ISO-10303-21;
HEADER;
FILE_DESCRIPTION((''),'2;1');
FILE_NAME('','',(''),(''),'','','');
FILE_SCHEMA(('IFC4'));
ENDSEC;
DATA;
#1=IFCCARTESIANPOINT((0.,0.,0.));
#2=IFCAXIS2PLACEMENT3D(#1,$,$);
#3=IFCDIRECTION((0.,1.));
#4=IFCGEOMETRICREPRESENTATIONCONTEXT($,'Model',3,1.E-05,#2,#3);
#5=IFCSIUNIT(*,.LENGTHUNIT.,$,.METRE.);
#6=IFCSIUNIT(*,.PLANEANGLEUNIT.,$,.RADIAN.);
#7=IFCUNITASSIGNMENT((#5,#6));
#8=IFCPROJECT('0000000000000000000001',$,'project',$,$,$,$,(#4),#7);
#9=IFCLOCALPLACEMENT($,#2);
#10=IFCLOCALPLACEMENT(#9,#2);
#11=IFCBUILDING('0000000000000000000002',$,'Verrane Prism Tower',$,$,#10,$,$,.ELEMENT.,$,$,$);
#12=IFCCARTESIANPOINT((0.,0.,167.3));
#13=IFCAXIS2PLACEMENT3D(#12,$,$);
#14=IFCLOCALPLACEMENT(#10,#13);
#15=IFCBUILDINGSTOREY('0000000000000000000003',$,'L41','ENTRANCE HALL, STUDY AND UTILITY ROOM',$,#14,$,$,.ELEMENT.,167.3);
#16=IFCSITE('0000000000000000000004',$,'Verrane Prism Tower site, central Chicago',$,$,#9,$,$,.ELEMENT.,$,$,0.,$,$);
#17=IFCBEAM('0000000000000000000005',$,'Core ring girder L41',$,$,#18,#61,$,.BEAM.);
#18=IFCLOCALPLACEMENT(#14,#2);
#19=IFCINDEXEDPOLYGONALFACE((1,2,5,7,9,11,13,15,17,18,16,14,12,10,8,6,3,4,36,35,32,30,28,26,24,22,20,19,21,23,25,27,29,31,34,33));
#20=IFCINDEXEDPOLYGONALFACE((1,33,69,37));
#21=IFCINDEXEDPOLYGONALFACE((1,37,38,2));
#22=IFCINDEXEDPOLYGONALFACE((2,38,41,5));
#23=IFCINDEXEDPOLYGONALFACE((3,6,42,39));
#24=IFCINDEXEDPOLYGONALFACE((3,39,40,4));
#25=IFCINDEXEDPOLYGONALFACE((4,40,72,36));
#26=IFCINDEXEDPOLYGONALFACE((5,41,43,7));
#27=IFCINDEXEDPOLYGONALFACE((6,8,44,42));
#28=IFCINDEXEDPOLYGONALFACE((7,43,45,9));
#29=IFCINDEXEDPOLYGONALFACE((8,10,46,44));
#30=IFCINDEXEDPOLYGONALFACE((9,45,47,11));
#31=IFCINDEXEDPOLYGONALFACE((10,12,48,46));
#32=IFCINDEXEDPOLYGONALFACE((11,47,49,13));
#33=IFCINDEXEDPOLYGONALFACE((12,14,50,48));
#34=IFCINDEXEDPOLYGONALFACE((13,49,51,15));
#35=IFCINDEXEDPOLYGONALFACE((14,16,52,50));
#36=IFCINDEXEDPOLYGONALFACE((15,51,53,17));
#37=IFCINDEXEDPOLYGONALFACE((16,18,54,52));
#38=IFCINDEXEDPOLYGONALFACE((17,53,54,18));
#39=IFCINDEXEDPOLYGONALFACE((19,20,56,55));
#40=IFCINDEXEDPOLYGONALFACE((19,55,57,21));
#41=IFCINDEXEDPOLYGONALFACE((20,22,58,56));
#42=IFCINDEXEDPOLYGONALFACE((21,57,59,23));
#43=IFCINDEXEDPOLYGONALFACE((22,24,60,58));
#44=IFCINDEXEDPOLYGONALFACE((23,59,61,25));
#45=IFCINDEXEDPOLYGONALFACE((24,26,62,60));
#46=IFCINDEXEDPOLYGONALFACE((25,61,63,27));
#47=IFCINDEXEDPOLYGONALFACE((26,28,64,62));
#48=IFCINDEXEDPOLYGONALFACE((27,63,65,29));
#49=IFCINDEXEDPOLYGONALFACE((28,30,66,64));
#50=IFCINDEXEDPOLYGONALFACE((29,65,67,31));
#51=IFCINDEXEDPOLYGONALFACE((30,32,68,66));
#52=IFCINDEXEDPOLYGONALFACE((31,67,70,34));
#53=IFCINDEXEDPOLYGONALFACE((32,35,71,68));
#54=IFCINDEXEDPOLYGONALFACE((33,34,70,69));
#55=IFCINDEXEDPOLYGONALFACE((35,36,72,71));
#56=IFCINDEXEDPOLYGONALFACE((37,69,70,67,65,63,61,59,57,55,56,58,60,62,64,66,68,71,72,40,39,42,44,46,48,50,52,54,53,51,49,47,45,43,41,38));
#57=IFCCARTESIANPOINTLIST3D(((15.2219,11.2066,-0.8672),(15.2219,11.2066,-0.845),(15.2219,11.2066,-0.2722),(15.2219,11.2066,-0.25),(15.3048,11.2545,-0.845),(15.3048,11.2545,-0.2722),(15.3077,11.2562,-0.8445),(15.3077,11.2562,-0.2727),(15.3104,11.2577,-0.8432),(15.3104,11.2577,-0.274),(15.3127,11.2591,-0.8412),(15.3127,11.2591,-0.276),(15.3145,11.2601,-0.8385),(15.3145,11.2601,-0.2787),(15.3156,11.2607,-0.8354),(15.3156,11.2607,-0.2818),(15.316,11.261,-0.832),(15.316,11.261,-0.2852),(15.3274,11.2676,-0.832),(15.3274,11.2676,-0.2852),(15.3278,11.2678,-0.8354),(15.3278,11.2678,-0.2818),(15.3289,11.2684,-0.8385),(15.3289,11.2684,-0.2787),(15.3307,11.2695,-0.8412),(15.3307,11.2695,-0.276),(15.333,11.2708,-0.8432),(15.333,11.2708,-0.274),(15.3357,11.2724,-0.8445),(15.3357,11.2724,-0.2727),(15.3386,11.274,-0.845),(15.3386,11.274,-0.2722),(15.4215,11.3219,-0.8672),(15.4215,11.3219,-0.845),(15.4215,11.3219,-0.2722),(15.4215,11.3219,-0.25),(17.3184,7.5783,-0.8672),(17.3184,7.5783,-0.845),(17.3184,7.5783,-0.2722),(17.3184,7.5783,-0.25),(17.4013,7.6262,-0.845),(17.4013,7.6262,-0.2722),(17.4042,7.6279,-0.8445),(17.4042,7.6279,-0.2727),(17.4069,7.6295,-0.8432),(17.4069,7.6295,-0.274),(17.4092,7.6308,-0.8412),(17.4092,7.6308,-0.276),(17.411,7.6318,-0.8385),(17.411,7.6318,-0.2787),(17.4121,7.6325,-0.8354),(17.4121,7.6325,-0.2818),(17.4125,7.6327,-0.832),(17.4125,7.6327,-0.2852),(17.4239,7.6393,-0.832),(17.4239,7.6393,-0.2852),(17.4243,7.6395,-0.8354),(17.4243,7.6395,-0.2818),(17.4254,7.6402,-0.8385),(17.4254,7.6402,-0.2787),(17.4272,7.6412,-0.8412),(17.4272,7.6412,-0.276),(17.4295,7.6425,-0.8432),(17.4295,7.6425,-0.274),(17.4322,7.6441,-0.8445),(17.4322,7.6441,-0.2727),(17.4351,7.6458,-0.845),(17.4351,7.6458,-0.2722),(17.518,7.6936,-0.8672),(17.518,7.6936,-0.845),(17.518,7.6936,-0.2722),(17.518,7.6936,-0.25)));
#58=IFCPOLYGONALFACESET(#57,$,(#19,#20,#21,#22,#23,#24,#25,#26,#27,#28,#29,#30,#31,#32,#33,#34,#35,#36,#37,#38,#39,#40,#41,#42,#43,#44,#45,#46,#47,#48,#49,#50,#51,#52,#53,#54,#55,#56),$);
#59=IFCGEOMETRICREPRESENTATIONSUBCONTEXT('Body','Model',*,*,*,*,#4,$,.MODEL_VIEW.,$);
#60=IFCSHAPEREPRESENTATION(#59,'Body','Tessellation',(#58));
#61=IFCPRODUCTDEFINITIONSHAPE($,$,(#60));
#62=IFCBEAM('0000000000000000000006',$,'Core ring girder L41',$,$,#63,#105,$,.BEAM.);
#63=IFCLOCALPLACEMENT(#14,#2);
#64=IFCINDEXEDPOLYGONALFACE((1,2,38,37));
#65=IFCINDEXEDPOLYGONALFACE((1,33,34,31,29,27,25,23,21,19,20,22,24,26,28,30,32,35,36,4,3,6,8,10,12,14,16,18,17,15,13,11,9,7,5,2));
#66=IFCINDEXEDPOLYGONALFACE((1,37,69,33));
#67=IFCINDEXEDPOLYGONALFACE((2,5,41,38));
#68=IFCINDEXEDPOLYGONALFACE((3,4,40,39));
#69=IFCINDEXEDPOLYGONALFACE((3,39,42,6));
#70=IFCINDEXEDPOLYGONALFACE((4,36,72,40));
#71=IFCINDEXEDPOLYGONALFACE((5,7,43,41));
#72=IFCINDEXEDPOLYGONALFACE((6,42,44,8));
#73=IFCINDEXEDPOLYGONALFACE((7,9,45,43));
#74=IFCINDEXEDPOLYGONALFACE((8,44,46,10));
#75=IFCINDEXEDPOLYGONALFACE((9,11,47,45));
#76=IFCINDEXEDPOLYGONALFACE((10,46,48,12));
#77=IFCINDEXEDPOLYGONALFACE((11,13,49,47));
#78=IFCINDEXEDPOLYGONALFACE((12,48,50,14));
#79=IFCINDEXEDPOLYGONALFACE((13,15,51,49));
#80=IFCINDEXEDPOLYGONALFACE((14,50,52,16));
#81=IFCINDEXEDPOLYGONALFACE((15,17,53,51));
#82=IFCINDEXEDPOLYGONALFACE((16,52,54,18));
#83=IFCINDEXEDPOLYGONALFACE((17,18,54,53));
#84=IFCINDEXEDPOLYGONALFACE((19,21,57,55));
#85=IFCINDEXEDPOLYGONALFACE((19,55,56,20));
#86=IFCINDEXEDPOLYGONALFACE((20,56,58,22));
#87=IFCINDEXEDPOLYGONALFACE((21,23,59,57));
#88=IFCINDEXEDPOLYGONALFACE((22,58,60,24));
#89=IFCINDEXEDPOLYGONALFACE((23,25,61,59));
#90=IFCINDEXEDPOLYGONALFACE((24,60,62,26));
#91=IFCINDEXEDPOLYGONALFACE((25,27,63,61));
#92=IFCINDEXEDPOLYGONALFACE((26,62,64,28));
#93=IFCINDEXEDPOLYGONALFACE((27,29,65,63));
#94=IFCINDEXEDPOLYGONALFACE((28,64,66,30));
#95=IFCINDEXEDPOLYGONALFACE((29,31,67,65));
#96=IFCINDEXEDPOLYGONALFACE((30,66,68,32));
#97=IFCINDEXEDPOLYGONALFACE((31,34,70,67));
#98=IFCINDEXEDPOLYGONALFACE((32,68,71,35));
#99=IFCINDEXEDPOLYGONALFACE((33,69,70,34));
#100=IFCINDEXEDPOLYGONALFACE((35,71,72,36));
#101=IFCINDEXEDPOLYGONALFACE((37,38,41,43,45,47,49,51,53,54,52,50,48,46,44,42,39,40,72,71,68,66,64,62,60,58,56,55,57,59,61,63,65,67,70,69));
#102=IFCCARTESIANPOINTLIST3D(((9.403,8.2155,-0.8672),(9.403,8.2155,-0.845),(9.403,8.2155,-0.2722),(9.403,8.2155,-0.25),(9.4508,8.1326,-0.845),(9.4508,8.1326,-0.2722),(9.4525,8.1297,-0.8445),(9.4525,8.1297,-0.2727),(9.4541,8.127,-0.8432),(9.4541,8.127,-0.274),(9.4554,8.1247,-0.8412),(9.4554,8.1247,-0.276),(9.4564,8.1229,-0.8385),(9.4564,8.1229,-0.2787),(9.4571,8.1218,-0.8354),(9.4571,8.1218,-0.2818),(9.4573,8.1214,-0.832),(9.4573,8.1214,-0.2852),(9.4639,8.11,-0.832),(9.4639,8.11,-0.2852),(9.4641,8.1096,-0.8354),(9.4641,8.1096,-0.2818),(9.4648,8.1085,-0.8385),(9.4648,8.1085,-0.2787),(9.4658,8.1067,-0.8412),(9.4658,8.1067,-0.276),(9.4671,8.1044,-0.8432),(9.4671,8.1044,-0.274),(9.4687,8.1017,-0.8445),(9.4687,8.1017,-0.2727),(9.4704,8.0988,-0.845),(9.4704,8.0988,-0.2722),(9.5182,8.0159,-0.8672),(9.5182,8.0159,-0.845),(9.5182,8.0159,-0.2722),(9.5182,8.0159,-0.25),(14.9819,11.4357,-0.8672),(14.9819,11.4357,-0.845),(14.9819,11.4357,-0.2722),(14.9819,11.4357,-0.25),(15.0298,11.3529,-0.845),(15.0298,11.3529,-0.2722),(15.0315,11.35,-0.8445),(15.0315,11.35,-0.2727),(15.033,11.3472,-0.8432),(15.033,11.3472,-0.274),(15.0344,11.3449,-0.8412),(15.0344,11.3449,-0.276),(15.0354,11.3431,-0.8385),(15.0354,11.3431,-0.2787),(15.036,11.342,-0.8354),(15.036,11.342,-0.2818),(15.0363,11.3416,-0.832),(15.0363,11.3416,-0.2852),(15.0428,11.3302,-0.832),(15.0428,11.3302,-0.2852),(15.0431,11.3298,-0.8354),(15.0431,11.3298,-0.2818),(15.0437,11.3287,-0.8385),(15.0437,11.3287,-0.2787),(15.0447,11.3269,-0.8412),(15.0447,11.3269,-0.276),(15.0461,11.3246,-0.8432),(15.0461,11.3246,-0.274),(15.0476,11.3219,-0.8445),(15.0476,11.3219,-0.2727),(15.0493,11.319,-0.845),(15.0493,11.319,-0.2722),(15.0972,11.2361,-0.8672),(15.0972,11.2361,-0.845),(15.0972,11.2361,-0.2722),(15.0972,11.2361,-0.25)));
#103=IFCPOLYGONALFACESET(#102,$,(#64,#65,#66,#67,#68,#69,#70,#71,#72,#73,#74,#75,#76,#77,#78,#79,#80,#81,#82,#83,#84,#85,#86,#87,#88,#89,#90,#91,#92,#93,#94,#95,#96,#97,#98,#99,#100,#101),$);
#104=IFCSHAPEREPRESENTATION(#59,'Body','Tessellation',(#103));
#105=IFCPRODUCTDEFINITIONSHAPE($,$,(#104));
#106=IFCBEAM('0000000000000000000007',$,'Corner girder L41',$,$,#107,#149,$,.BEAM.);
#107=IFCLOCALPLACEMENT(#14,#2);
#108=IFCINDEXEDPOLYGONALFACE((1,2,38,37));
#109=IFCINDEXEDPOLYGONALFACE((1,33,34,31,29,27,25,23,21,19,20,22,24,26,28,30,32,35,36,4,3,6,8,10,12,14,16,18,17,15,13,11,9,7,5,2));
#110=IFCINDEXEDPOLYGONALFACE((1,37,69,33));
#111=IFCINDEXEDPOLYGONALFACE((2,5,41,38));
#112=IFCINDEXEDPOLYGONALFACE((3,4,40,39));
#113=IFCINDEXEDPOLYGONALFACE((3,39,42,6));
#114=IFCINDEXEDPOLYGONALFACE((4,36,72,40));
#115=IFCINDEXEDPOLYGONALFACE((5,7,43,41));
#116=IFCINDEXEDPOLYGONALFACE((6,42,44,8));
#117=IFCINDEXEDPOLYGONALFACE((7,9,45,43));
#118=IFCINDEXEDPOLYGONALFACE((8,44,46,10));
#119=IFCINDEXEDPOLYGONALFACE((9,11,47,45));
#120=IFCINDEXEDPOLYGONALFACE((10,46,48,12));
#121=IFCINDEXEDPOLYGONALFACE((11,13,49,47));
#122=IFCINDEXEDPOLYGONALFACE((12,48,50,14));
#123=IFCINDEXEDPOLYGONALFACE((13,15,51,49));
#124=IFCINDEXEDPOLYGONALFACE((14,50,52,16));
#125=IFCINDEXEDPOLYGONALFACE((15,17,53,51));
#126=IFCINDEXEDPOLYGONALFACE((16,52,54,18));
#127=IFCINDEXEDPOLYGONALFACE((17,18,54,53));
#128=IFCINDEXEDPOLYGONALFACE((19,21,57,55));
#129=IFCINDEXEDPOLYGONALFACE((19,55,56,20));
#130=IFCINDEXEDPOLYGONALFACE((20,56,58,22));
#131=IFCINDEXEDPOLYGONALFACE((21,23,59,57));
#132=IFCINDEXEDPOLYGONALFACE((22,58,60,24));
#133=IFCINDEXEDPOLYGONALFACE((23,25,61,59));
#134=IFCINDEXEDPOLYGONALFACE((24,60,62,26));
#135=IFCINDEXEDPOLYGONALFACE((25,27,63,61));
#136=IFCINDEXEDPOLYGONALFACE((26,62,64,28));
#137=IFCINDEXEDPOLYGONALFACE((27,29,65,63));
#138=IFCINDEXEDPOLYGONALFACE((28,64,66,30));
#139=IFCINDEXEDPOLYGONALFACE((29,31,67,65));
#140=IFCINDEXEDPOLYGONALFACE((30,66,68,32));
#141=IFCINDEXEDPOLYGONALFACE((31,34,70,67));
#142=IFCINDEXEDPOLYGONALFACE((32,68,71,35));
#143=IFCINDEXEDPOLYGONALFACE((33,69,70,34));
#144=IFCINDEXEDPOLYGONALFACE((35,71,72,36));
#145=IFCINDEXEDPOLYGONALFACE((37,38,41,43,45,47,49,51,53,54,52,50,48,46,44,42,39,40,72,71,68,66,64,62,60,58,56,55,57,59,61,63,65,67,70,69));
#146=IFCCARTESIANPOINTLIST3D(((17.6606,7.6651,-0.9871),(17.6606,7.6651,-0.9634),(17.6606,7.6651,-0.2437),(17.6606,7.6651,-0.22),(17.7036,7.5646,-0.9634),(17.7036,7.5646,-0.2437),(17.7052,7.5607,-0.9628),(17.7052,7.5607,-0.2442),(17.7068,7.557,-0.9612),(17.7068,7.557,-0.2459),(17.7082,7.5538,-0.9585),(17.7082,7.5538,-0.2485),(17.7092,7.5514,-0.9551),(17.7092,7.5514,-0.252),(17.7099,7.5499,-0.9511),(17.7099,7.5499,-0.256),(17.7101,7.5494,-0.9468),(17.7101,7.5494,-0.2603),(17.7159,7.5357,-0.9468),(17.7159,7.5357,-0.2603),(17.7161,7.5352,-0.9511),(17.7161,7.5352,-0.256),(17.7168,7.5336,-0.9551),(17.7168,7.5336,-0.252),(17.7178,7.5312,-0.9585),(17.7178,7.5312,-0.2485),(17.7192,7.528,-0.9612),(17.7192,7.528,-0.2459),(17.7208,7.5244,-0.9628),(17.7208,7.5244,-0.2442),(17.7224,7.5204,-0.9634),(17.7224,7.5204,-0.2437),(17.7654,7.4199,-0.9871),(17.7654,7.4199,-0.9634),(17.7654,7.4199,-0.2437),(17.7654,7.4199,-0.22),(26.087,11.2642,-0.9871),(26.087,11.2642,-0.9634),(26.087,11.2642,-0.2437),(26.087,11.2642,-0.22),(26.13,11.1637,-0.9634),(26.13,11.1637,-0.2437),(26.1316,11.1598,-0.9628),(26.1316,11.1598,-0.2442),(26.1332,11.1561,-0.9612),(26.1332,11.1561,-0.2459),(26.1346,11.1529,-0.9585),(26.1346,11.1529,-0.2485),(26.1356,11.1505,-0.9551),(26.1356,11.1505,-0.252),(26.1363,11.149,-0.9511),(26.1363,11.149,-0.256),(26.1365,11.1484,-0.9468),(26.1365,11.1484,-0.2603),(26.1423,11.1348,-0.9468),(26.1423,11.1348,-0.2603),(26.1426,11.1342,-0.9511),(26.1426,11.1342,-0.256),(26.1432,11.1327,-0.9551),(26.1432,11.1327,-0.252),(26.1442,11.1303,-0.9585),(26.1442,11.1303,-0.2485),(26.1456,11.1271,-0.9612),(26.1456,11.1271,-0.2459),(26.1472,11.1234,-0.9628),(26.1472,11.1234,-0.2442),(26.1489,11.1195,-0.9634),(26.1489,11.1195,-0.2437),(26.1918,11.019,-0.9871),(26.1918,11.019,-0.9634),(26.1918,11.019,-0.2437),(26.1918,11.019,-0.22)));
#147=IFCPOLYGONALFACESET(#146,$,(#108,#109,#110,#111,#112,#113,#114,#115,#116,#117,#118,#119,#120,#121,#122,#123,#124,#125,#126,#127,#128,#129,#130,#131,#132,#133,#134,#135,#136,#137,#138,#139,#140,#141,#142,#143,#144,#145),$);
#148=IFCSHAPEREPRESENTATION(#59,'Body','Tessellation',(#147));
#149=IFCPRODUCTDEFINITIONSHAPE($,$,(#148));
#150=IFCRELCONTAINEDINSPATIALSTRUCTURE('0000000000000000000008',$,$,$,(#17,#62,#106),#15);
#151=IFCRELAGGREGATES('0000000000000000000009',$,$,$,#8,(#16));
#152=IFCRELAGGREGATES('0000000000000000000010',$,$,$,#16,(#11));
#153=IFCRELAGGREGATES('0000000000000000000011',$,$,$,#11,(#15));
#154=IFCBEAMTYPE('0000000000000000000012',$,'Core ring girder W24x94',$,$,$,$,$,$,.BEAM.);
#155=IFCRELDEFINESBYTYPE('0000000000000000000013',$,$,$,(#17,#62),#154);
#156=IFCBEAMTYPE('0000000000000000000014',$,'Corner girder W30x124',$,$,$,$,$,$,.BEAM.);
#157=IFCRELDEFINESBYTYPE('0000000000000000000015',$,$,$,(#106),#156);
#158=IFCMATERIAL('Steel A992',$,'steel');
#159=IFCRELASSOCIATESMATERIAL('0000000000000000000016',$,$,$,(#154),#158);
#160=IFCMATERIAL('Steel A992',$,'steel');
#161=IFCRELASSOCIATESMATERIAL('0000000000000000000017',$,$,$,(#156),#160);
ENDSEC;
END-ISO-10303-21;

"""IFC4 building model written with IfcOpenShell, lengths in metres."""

from ifc_helpers import new_model, si_unit, direction, frame, origin, origin_2d, place, context, subcontext, project, spatial, i_section, extrude, material, material_profile, profile_set, type_object, element, save


model = new_model("IFC4")

# Units and contexts
model_context = context("Model", 3, precision=1e-05, world=origin(), true_north=direction((0.0, 1.0)))
body_context = subcontext(model_context, "Body", "Model", "MODEL_VIEW")
ifc_project = project(units=[si_unit("LENGTHUNIT", "METRE"), si_unit("PLANEANGLEUNIT", "RADIAN")], contexts=[model_context])

# Site, building, storey
site_placement = place(None, origin())
site = spatial("IfcSite", under=ifc_project, at=site_placement, Name="Verrane Prism Tower site, central Chicago", CompositionType="ELEMENT", RefElevation=0.0)
building_placement = place(site_placement, origin())
building = spatial("IfcBuilding", under=site, at=building_placement, Name="Verrane Prism Tower", CompositionType="ELEMENT")
storey_placement = place(building_placement, frame((0.0, 0.0, 167.3)))
storey = spatial("IfcBuildingStorey", under=building, at=storey_placement, Name="L41", Description="ENTRANCE HALL, STUDY AND UTILITY ROOM", CompositionType="ELEMENT", Elevation=167.3)

# Beams
ifc_material_1 = material(Name="Steel A992", Category="steel")
ifc_material_profile_1 = material_profile(ifc_material_1, i_section(OverallWidth=0.2305, OverallDepth=0.6172, WebThickness=0.0132, FlangeThickness=0.0222, FilletRadius=0.0129, at=origin_2d()), Name="W24x94")
ifc_profile_set_1 = profile_set([ifc_material_profile_1], Name="Steel A992")
beam_type_1 = type_object("IfcBeamType", Name="Core ring girder W24x94", PredefinedType="BEAM", material=ifc_profile_set_1)
beam_1_placement = place(storey_placement, frame((17.4182, 7.636, -0.5586), z_axis=(-0.500306, 0.865849, 0.0), x_axis=(-0.865849, -0.500306, 0.0)))
element("IfcBeam", 1, at=beam_1_placement, inside=storey, type_object=beam_type_1, Name="Core ring girder L41", PredefinedType="BEAM", context=body_context, shape_type="SweptSolid", body=[
    extrude(i_section(OverallWidth=0.2305, OverallDepth=0.6172, WebThickness=0.0132, FlangeThickness=0.0222, FilletRadius=0.0129, at=origin_2d()), origin(), (0.0, 0.0, 1.0), 4.1904),
])
beam_2_placement = place(storey_placement, frame((15.0396, 11.3359, -0.5586), z_axis=(-0.866075, -0.499914, 0.0), x_axis=(0.499914, -0.866075, 0.0)))
element("IfcBeam", 2, at=beam_2_placement, inside=storey, type_object=beam_type_1, Name="Core ring girder L41", PredefinedType="BEAM", context=body_context, shape_type="SweptSolid", body=[
    extrude(i_section(OverallWidth=0.2305, OverallDepth=0.6172, WebThickness=0.0132, FlangeThickness=0.0222, FilletRadius=0.0129, at=origin_2d()), origin(), (0.0, 0.0, 1.0), 6.4417),
])
ifc_material_2 = material(Name="Steel A992", Category="steel")
ifc_material_profile_2 = material_profile(ifc_material_2, i_section(OverallWidth=0.2666, OverallDepth=0.7671, WebThickness=0.0149, FlangeThickness=0.0237, FilletRadius=0.0166, at=origin_2d()), Name="W30x124")
ifc_profile_set_2 = profile_set([ifc_material_profile_2], Name="Steel A992")
beam_type_2 = type_object("IfcBeamType", Name="Corner girder W30x124", PredefinedType="BEAM", material=ifc_profile_set_2)
beam_3_placement = place(storey_placement, frame((26.1394, 11.1416, -0.6035), z_axis=(-0.919628, -0.39279, 0.0), x_axis=(0.39279, -0.919628, 0.0)))
element("IfcBeam", 3, at=beam_3_placement, inside=storey, type_object=beam_type_2, Name="Corner girder L41", PredefinedType="BEAM", context=body_context, shape_type="SweptSolid", body=[
    extrude(i_section(OverallWidth=0.2666, OverallDepth=0.7671, WebThickness=0.0149, FlangeThickness=0.0237, FilletRadius=0.0166, at=origin_2d()), origin(), (0.0, 0.0, 1.0), 9.1628),
])

save(model, "model.ifc")
